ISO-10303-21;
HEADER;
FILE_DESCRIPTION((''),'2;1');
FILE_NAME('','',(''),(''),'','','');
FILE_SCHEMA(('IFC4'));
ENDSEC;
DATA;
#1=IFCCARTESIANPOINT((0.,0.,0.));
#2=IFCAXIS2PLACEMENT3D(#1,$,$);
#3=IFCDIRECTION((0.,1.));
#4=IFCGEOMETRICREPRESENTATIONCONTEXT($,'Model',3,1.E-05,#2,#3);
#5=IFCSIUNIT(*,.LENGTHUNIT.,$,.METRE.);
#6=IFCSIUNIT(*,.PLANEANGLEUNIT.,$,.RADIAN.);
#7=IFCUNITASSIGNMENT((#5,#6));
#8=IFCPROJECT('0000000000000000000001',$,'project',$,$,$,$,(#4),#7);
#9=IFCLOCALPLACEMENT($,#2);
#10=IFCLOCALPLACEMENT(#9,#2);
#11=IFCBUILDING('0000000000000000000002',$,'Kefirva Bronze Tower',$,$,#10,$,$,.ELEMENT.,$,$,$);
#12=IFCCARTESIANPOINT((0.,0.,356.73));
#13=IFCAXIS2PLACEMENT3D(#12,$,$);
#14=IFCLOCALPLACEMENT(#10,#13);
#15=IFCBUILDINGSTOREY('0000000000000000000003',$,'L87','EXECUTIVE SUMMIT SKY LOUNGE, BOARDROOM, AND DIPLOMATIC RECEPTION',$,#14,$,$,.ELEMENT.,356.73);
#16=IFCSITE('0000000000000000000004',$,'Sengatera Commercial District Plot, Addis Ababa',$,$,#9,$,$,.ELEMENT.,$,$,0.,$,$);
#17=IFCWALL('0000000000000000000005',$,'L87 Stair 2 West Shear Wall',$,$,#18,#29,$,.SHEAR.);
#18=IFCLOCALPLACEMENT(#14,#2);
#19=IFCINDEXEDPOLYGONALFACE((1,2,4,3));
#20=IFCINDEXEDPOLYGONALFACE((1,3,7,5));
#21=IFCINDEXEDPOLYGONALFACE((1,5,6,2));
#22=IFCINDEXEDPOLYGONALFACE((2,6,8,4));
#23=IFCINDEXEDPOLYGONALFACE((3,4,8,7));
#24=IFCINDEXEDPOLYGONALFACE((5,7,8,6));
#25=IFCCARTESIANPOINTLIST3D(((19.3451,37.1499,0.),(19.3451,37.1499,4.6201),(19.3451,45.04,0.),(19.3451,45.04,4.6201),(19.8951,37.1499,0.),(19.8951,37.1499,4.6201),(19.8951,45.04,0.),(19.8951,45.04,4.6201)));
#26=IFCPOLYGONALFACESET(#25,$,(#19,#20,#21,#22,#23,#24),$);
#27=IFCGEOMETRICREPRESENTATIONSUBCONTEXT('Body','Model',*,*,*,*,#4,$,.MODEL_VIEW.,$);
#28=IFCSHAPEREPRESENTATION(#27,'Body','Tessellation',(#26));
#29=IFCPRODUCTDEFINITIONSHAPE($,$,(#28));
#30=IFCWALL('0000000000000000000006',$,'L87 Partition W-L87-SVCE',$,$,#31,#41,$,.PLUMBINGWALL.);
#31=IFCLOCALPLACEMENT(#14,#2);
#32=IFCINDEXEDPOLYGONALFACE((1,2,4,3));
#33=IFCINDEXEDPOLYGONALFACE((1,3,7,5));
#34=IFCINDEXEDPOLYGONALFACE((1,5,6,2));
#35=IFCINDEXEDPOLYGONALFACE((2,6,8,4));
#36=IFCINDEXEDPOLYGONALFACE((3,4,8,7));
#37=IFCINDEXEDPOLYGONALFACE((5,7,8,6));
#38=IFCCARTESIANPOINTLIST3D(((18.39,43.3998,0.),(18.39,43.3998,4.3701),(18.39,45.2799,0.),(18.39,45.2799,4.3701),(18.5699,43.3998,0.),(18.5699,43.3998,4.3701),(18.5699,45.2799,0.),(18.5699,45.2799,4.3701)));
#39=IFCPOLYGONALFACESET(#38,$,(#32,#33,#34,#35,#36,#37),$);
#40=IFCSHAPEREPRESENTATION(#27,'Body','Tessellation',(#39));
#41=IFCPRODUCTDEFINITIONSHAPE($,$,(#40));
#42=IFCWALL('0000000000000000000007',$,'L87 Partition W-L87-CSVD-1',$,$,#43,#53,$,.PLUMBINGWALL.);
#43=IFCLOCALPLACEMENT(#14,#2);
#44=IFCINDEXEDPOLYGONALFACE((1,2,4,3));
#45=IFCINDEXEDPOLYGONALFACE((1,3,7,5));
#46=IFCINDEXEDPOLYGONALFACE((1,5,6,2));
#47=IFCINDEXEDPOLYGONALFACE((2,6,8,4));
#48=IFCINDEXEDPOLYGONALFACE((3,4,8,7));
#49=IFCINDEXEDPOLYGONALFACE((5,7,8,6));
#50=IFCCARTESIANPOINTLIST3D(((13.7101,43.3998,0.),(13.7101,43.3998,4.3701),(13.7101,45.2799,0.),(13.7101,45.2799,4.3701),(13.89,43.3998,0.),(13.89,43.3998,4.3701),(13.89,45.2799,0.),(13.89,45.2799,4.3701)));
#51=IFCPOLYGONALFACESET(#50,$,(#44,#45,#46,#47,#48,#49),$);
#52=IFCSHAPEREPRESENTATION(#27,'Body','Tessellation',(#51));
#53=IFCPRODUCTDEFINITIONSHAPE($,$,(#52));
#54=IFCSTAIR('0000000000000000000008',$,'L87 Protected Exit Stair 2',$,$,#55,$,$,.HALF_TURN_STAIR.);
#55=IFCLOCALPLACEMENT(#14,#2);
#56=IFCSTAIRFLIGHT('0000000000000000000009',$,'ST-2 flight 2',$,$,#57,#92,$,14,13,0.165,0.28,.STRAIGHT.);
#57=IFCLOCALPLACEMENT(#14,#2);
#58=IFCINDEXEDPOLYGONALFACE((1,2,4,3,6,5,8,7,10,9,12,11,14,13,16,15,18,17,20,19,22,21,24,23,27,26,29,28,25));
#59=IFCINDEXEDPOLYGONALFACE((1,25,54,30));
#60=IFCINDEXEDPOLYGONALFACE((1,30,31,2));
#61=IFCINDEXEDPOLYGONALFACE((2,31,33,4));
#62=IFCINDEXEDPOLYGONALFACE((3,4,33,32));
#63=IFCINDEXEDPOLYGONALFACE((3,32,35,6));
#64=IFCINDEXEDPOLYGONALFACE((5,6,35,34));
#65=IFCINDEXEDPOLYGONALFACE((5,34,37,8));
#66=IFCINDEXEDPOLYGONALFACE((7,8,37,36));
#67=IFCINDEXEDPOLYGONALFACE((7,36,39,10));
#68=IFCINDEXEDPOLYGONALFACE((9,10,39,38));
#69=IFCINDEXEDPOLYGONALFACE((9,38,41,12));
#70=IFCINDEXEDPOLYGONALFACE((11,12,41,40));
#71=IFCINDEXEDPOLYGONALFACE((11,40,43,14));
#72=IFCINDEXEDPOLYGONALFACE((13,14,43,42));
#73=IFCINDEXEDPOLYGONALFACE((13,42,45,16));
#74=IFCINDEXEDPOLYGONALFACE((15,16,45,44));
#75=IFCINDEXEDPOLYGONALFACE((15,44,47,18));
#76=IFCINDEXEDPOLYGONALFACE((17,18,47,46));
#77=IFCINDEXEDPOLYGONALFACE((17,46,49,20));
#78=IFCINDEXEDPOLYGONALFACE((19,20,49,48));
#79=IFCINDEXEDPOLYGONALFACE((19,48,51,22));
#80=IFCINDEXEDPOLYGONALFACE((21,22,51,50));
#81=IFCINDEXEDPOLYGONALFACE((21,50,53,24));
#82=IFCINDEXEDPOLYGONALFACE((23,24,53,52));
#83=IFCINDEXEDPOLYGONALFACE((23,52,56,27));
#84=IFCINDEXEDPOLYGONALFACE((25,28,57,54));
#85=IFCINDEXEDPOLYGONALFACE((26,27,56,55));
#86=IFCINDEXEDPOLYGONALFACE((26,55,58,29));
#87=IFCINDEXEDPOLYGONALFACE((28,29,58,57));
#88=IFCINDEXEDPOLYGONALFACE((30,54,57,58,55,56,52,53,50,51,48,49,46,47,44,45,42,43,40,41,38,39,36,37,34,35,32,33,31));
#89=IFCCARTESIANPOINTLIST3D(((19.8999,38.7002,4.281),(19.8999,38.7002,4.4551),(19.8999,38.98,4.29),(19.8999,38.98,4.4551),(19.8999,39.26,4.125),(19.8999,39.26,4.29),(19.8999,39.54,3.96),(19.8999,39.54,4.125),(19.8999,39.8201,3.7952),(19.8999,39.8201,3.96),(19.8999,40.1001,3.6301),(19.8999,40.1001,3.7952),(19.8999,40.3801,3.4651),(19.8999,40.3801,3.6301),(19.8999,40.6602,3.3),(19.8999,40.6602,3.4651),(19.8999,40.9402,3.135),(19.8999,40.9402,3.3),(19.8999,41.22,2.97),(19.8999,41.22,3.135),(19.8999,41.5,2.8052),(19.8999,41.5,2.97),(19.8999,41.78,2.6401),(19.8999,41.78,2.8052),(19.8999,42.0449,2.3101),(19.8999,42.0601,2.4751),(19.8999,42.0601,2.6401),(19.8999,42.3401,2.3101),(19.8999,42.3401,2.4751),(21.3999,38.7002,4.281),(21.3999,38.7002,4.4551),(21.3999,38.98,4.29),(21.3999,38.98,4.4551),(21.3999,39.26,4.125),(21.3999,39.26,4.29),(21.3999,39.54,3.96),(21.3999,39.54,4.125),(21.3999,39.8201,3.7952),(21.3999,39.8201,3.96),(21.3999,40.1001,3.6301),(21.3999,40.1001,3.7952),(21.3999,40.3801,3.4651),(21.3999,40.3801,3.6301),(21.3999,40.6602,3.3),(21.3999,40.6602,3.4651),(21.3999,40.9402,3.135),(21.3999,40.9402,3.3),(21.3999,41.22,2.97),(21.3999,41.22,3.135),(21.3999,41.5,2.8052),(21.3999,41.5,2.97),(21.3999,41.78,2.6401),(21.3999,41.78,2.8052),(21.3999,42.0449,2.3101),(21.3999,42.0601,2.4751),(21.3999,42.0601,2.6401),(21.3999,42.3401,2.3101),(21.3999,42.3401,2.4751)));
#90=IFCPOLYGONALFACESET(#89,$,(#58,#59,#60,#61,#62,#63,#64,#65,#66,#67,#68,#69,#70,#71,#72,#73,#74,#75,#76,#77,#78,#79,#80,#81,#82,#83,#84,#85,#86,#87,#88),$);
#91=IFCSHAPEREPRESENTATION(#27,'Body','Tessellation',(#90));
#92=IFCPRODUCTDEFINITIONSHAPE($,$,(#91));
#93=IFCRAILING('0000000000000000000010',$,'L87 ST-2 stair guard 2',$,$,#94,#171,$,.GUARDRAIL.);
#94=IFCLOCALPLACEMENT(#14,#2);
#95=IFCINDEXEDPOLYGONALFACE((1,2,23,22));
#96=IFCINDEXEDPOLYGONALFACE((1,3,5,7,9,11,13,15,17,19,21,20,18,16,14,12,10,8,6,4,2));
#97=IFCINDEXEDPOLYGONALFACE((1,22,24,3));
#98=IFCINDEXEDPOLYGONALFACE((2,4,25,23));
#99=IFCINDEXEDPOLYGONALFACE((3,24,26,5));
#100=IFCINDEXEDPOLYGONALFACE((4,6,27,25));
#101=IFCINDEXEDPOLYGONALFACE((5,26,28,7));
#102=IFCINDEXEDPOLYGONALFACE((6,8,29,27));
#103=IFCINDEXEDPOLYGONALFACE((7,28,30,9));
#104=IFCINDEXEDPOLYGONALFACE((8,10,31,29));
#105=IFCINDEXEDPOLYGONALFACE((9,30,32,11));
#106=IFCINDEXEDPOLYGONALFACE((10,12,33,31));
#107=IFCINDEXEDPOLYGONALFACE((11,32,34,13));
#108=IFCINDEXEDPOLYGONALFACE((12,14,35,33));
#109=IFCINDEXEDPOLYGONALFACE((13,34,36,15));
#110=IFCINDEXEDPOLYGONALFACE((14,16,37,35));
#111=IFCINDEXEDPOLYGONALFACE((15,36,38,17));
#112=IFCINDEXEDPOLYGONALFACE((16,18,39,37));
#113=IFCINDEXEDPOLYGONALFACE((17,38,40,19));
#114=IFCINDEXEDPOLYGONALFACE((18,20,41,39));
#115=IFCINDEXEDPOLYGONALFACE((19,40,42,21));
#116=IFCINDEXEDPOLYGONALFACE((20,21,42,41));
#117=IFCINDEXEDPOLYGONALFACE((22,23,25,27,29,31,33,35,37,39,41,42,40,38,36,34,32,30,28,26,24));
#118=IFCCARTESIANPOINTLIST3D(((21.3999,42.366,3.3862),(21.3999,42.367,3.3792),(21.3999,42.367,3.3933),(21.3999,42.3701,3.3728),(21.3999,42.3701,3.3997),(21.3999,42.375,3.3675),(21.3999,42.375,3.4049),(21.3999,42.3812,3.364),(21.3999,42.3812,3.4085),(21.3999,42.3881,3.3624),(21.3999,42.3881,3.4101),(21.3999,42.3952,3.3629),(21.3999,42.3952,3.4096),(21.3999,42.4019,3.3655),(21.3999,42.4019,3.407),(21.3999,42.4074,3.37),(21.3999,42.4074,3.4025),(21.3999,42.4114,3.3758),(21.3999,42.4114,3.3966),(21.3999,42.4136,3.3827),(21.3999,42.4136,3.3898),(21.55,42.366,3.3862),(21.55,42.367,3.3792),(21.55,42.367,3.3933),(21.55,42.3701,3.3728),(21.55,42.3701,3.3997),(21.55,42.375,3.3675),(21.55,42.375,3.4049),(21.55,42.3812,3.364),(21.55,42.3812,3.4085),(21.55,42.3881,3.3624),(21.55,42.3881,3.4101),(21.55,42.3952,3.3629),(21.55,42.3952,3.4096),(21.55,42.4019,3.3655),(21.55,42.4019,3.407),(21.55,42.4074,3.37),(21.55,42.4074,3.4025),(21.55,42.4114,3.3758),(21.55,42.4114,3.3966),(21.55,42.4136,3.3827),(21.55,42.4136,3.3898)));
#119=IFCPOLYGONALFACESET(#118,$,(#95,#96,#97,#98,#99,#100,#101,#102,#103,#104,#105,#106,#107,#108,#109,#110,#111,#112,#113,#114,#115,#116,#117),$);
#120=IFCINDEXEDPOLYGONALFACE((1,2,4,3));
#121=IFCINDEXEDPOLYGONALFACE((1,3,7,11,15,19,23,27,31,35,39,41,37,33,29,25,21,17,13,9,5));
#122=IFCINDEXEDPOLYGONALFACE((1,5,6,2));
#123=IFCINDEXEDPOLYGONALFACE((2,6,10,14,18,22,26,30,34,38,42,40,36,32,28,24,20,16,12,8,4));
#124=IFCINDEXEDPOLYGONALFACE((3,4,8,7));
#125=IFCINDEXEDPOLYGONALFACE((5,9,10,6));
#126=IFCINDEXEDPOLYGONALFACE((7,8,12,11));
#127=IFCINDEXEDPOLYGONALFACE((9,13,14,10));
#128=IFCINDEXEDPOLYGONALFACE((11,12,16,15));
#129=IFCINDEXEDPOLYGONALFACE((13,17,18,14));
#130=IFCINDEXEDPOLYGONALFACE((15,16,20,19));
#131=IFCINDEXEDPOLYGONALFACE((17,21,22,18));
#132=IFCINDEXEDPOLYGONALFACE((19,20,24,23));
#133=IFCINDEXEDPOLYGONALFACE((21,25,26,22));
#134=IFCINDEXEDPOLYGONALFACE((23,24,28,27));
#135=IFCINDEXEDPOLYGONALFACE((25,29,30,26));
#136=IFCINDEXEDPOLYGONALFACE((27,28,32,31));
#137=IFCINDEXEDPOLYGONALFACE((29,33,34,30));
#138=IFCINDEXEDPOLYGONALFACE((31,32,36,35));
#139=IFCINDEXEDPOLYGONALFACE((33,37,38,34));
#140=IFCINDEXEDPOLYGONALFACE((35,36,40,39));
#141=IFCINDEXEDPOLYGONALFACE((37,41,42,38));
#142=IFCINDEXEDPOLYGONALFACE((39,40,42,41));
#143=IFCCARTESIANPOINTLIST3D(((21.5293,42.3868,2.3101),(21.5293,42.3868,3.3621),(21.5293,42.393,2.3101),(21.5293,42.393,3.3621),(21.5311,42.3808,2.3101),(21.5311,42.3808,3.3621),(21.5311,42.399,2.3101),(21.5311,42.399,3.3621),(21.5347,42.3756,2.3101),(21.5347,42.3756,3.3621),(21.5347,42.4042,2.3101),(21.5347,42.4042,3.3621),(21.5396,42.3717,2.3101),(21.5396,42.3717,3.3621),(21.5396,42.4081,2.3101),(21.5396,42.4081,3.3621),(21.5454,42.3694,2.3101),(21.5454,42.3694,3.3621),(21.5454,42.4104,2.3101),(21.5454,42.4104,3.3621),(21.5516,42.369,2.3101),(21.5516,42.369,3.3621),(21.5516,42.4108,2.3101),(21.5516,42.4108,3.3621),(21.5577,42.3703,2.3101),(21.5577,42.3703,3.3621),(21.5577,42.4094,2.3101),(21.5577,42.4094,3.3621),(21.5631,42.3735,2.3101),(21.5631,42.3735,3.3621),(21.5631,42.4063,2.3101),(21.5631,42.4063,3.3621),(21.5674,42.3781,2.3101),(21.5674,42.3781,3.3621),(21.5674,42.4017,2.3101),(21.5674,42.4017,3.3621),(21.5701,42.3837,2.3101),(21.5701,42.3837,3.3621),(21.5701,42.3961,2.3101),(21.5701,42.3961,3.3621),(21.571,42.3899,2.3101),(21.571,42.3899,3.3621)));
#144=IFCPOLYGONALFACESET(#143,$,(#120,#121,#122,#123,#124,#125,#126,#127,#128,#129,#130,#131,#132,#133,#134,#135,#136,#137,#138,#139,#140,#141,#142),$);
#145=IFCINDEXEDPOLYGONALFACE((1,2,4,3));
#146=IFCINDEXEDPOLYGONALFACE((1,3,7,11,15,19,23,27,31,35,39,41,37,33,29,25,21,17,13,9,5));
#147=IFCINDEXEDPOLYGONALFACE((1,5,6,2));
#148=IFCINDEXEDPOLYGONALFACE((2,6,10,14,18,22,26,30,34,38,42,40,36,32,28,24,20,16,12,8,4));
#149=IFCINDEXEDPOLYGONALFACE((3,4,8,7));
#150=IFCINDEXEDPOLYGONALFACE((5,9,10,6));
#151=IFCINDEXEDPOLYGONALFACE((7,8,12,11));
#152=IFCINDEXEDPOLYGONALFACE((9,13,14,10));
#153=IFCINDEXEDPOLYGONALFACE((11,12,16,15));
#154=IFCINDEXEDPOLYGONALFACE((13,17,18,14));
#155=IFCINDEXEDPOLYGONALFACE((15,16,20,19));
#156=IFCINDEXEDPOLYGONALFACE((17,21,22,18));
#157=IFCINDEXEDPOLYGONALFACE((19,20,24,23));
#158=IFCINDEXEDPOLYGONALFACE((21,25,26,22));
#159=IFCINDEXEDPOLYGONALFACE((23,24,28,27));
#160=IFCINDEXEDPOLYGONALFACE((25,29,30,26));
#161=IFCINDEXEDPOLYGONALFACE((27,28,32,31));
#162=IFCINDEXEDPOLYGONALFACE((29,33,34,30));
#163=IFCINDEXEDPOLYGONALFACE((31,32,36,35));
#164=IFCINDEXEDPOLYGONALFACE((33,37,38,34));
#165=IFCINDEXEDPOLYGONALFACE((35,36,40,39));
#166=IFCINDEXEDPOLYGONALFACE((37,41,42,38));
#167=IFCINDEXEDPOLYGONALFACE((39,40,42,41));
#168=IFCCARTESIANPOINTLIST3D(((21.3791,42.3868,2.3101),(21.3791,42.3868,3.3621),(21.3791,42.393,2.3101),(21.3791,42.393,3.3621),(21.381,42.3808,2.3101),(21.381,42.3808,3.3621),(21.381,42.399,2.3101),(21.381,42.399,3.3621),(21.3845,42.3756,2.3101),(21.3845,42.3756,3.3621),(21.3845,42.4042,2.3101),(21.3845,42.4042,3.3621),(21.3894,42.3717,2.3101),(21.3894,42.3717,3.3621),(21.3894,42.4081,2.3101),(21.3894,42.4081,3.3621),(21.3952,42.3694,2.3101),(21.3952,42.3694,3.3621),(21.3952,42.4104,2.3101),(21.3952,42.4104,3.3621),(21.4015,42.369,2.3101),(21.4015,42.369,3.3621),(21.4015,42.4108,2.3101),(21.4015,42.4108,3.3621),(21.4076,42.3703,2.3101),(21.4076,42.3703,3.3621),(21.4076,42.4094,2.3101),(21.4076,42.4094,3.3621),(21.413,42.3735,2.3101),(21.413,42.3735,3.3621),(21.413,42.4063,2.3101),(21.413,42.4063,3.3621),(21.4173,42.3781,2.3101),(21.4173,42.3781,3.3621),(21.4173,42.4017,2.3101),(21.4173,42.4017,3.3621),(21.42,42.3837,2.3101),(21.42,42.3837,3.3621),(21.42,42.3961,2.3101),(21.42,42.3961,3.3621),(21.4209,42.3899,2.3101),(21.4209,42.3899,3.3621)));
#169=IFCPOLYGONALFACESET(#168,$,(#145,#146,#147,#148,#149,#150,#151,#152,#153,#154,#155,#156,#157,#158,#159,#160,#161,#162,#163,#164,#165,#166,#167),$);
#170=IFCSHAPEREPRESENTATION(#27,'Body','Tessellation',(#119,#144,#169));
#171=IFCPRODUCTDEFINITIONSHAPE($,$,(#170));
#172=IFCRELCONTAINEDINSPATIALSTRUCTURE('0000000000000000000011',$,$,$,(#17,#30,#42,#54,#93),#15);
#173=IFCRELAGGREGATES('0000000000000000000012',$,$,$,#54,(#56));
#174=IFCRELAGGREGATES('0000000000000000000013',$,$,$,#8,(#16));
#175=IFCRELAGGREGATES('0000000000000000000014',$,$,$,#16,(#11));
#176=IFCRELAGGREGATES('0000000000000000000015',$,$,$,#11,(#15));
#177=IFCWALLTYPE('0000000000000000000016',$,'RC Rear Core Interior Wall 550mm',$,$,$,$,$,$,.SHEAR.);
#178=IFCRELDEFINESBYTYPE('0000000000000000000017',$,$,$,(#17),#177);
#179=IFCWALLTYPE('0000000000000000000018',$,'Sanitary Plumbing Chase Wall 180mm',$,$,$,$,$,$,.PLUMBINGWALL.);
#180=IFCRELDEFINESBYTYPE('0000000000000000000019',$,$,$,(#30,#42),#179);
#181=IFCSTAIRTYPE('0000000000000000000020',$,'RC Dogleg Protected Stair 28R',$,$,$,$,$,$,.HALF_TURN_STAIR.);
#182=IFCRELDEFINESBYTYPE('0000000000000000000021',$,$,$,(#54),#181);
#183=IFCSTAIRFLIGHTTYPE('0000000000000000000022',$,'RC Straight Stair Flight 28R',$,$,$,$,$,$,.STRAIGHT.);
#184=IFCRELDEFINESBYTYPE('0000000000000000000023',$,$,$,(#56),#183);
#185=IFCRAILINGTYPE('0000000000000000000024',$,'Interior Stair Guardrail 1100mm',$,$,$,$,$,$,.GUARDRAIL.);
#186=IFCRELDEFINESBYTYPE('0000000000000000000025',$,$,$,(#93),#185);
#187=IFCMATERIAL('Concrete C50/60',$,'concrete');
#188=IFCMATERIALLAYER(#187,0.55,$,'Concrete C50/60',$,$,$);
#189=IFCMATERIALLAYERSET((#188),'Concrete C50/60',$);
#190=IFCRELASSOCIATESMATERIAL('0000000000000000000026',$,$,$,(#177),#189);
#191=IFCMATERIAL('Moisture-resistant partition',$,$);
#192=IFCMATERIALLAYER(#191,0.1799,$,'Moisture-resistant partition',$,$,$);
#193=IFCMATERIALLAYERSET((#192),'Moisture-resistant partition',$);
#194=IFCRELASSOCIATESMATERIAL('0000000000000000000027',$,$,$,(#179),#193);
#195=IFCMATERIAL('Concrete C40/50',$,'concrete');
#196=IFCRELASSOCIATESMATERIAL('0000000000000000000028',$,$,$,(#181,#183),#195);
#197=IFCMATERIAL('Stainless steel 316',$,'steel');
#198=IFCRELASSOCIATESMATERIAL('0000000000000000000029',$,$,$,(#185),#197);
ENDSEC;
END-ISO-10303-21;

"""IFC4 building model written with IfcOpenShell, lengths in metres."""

from ifc_helpers import new_model, si_unit, direction, frame, frame_2d, origin, origin_2d, place, context, subcontext, project, spatial, polyline, rectangle, circle, outline, extrude, material, layer, layer_set, type_object, element, aggregate, save


model = new_model("IFC4")

# Units and contexts
model_context = context("Model", 3, precision=1e-05, world=origin(), true_north=direction((0.0, 1.0)))
body_context = subcontext(model_context, "Body", "Model", "MODEL_VIEW")
ifc_project = project(units=[si_unit("LENGTHUNIT", "METRE"), si_unit("PLANEANGLEUNIT", "RADIAN")], contexts=[model_context])

# Site, building, storey
site_placement = place(None, origin())
site = spatial("IfcSite", under=ifc_project, at=site_placement, Name="Sengatera Commercial District Plot, Addis Ababa", CompositionType="ELEMENT", RefElevation=0.0)
building_placement = place(site_placement, origin())
building = spatial("IfcBuilding", under=site, at=building_placement, Name="Kefirva Bronze Tower", CompositionType="ELEMENT")
storey_placement = place(building_placement, frame((0.0, 0.0, 356.73)))
storey = spatial("IfcBuildingStorey", under=building, at=storey_placement, Name="L87", Description="EXECUTIVE SUMMIT SKY LOUNGE, BOARDROOM, AND DIPLOMATIC RECEPTION", CompositionType="ELEMENT", Elevation=356.73)

# Shared definitions
ifc_material_1 = material(Name="Concrete C50/60", Category="concrete")

# Shared definitions
ifc_material_2 = material(Name="Stainless steel 316", Category="steel")

# Walls
ifc_layer_1 = layer(ifc_material_1, 0.55, Name="Concrete C50/60")
ifc_layer_set_1 = layer_set([ifc_layer_1], Name="Concrete C50/60")
wall_type_1 = type_object("IfcWallType", Name="RC Rear Core Interior Wall 550mm", PredefinedType="SHEAR", material=ifc_layer_set_1)
wall_1_placement = place(storey_placement, frame((19.6201, 37.1499, 0.0), z_axis=(0.0, 0.0, 1.0), x_axis=(0.0, 1.0, 0.0)))
element("IfcWall", 1, at=wall_1_placement, inside=storey, type_object=wall_type_1, Name="L87 Stair 2 West Shear Wall", PredefinedType="SHEAR", context=body_context, shape_type="SweptSolid", body=[
    extrude(rectangle(XDim=7.8901, YDim=0.55, at=frame_2d((3.9451, 0.0))), origin(), (0.0, 0.0, 1.0), 4.6201),
])
ifc_material_3 = material(Name="Moisture-resistant partition")
ifc_layer_2 = layer(ifc_material_3, 0.1799, Name="Moisture-resistant partition")
ifc_layer_set_2 = layer_set([ifc_layer_2], Name="Moisture-resistant partition")
wall_type_2 = type_object("IfcWallType", Name="Sanitary Plumbing Chase Wall 180mm", PredefinedType="PLUMBINGWALL", material=ifc_layer_set_2)
for number, where, z_axis, x_axis, name in (
    (2, (18.48, 43.3999, 0.0), (0.0, 0.0, 1.0), (0.0, 1.0, 0.0), "L87 Partition W-L87-SVCE"),
    (3, (13.8, 43.3999, 0.0), (0.0, 0.0, 1.0), (0.0, 1.0, 0.0), "L87 Partition W-L87-CSVD-1"),
):
    element("IfcWall", number, at=place(storey_placement, frame(where, z_axis=z_axis, x_axis=x_axis)), inside=storey, type_object=wall_type_2, Name=name, PredefinedType="PLUMBINGWALL", context=body_context, shape_type="SweptSolid", body=[
        extrude(rectangle(XDim=1.8801, YDim=0.1799, at=frame_2d((0.9399, 0.0))), origin(), (0.0, 0.0, 1.0), 4.3701),
    ])

# Stair, stair flight
ifc_material_4 = material(Name="Concrete C40/50", Category="concrete")
stair_type = type_object("IfcStairType", Name="RC Dogleg Protected Stair 28R", PredefinedType="HALF_TURN_STAIR", material=ifc_material_4)
stair_placement = place(storey_placement, origin())
stair = element("IfcStair", 4, at=stair_placement, inside=storey, type_object=stair_type, Name="L87 Protected Exit Stair 2", PredefinedType="HALF_TURN_STAIR")
stair_flight_type = type_object("IfcStairFlightType", Name="RC Straight Stair Flight 28R", PredefinedType="STRAIGHT", material=ifc_material_4)
stair_flight_placement = place(storey_placement, frame((20.6499, 42.3401, 2.3101), z_axis=(0.0, 0.0, 1.0), x_axis=(0.0, -1.0, 0.0)))
stair_flight = element("IfcStairFlight", 5, at=stair_flight_placement, type_object=stair_flight_type, Name="ST-2 flight 2", NumberOfRisers=14, NumberOfTreads=13, PredefinedType="STRAIGHT", RiserHeight=0.165, TreadLength=0.28, context=body_context, shape_type="SweptSolid", body=[
    extrude(outline(polyline([(0.0, 0.0), (0.0, 0.165), (0.28, 0.165), (0.28, 0.3301), (0.5601, 0.3301), (0.5601, 0.4951), (0.8401, 0.4951), (0.8401, 0.6599), (1.1201, 0.6599), (1.1201, 0.825), (1.3999, 0.825), (1.3999, 0.99), (1.6799, 0.99), (1.6799, 1.155), (1.96, 1.155), (1.96, 1.3201), (2.24, 1.3201), (2.24, 1.4851), (2.52, 1.4851), (2.52, 1.6499), (2.8, 1.6499), (2.8, 1.8149), (3.0801, 1.8149), (3.0801, 1.98), (3.3601, 1.98), (3.3601, 2.145), (3.6399, 2.145), (3.6399, 2.3101), (3.6399, 1.9709), (0.2952, 0.0), (0.0, 0.0)])), frame((0.0, 0.75, 0.0), z_axis=(0.0, -1.0, 0.0), x_axis=(1.0, 0.0, 0.0)), (0.0, 0.0, 1.0), 1.5),
])
aggregate(stair, [stair_flight])

# Railing
railing_type_1 = type_object("IfcRailingType", Name="Interior Stair Guardrail 1100mm", PredefinedType="GUARDRAIL", material=ifc_material_2)
railing_1_placement = place(storey_placement, frame((21.55, 42.3899, 2.3101)))
element("IfcRailing", 6, at=railing_1_placement, inside=storey, type_object=railing_type_1, Name="L87 ST-2 stair guard 2", PredefinedType="GUARDRAIL", context=body_context, shape_type="SweptSolid", body=[
    extrude(circle(Radius=0.0239, at=origin_2d()), frame((0.0, 0.0, 1.0762), z_axis=(-1.0, 0.0, 0.0), x_axis=(0.0, -1.0, 0.0)), (0.0, 0.0, 1.0), 0.1501),
    extrude(circle(Radius=0.021, at=origin_2d()), origin(), (0.0, 0.0, 1.0), 1.052),
    extrude(circle(Radius=0.021, at=origin_2d()), frame((-0.1501, 0.0, 0.0)), (0.0, 0.0, 1.0), 1.052),
])

save(model, "model.ifc")
